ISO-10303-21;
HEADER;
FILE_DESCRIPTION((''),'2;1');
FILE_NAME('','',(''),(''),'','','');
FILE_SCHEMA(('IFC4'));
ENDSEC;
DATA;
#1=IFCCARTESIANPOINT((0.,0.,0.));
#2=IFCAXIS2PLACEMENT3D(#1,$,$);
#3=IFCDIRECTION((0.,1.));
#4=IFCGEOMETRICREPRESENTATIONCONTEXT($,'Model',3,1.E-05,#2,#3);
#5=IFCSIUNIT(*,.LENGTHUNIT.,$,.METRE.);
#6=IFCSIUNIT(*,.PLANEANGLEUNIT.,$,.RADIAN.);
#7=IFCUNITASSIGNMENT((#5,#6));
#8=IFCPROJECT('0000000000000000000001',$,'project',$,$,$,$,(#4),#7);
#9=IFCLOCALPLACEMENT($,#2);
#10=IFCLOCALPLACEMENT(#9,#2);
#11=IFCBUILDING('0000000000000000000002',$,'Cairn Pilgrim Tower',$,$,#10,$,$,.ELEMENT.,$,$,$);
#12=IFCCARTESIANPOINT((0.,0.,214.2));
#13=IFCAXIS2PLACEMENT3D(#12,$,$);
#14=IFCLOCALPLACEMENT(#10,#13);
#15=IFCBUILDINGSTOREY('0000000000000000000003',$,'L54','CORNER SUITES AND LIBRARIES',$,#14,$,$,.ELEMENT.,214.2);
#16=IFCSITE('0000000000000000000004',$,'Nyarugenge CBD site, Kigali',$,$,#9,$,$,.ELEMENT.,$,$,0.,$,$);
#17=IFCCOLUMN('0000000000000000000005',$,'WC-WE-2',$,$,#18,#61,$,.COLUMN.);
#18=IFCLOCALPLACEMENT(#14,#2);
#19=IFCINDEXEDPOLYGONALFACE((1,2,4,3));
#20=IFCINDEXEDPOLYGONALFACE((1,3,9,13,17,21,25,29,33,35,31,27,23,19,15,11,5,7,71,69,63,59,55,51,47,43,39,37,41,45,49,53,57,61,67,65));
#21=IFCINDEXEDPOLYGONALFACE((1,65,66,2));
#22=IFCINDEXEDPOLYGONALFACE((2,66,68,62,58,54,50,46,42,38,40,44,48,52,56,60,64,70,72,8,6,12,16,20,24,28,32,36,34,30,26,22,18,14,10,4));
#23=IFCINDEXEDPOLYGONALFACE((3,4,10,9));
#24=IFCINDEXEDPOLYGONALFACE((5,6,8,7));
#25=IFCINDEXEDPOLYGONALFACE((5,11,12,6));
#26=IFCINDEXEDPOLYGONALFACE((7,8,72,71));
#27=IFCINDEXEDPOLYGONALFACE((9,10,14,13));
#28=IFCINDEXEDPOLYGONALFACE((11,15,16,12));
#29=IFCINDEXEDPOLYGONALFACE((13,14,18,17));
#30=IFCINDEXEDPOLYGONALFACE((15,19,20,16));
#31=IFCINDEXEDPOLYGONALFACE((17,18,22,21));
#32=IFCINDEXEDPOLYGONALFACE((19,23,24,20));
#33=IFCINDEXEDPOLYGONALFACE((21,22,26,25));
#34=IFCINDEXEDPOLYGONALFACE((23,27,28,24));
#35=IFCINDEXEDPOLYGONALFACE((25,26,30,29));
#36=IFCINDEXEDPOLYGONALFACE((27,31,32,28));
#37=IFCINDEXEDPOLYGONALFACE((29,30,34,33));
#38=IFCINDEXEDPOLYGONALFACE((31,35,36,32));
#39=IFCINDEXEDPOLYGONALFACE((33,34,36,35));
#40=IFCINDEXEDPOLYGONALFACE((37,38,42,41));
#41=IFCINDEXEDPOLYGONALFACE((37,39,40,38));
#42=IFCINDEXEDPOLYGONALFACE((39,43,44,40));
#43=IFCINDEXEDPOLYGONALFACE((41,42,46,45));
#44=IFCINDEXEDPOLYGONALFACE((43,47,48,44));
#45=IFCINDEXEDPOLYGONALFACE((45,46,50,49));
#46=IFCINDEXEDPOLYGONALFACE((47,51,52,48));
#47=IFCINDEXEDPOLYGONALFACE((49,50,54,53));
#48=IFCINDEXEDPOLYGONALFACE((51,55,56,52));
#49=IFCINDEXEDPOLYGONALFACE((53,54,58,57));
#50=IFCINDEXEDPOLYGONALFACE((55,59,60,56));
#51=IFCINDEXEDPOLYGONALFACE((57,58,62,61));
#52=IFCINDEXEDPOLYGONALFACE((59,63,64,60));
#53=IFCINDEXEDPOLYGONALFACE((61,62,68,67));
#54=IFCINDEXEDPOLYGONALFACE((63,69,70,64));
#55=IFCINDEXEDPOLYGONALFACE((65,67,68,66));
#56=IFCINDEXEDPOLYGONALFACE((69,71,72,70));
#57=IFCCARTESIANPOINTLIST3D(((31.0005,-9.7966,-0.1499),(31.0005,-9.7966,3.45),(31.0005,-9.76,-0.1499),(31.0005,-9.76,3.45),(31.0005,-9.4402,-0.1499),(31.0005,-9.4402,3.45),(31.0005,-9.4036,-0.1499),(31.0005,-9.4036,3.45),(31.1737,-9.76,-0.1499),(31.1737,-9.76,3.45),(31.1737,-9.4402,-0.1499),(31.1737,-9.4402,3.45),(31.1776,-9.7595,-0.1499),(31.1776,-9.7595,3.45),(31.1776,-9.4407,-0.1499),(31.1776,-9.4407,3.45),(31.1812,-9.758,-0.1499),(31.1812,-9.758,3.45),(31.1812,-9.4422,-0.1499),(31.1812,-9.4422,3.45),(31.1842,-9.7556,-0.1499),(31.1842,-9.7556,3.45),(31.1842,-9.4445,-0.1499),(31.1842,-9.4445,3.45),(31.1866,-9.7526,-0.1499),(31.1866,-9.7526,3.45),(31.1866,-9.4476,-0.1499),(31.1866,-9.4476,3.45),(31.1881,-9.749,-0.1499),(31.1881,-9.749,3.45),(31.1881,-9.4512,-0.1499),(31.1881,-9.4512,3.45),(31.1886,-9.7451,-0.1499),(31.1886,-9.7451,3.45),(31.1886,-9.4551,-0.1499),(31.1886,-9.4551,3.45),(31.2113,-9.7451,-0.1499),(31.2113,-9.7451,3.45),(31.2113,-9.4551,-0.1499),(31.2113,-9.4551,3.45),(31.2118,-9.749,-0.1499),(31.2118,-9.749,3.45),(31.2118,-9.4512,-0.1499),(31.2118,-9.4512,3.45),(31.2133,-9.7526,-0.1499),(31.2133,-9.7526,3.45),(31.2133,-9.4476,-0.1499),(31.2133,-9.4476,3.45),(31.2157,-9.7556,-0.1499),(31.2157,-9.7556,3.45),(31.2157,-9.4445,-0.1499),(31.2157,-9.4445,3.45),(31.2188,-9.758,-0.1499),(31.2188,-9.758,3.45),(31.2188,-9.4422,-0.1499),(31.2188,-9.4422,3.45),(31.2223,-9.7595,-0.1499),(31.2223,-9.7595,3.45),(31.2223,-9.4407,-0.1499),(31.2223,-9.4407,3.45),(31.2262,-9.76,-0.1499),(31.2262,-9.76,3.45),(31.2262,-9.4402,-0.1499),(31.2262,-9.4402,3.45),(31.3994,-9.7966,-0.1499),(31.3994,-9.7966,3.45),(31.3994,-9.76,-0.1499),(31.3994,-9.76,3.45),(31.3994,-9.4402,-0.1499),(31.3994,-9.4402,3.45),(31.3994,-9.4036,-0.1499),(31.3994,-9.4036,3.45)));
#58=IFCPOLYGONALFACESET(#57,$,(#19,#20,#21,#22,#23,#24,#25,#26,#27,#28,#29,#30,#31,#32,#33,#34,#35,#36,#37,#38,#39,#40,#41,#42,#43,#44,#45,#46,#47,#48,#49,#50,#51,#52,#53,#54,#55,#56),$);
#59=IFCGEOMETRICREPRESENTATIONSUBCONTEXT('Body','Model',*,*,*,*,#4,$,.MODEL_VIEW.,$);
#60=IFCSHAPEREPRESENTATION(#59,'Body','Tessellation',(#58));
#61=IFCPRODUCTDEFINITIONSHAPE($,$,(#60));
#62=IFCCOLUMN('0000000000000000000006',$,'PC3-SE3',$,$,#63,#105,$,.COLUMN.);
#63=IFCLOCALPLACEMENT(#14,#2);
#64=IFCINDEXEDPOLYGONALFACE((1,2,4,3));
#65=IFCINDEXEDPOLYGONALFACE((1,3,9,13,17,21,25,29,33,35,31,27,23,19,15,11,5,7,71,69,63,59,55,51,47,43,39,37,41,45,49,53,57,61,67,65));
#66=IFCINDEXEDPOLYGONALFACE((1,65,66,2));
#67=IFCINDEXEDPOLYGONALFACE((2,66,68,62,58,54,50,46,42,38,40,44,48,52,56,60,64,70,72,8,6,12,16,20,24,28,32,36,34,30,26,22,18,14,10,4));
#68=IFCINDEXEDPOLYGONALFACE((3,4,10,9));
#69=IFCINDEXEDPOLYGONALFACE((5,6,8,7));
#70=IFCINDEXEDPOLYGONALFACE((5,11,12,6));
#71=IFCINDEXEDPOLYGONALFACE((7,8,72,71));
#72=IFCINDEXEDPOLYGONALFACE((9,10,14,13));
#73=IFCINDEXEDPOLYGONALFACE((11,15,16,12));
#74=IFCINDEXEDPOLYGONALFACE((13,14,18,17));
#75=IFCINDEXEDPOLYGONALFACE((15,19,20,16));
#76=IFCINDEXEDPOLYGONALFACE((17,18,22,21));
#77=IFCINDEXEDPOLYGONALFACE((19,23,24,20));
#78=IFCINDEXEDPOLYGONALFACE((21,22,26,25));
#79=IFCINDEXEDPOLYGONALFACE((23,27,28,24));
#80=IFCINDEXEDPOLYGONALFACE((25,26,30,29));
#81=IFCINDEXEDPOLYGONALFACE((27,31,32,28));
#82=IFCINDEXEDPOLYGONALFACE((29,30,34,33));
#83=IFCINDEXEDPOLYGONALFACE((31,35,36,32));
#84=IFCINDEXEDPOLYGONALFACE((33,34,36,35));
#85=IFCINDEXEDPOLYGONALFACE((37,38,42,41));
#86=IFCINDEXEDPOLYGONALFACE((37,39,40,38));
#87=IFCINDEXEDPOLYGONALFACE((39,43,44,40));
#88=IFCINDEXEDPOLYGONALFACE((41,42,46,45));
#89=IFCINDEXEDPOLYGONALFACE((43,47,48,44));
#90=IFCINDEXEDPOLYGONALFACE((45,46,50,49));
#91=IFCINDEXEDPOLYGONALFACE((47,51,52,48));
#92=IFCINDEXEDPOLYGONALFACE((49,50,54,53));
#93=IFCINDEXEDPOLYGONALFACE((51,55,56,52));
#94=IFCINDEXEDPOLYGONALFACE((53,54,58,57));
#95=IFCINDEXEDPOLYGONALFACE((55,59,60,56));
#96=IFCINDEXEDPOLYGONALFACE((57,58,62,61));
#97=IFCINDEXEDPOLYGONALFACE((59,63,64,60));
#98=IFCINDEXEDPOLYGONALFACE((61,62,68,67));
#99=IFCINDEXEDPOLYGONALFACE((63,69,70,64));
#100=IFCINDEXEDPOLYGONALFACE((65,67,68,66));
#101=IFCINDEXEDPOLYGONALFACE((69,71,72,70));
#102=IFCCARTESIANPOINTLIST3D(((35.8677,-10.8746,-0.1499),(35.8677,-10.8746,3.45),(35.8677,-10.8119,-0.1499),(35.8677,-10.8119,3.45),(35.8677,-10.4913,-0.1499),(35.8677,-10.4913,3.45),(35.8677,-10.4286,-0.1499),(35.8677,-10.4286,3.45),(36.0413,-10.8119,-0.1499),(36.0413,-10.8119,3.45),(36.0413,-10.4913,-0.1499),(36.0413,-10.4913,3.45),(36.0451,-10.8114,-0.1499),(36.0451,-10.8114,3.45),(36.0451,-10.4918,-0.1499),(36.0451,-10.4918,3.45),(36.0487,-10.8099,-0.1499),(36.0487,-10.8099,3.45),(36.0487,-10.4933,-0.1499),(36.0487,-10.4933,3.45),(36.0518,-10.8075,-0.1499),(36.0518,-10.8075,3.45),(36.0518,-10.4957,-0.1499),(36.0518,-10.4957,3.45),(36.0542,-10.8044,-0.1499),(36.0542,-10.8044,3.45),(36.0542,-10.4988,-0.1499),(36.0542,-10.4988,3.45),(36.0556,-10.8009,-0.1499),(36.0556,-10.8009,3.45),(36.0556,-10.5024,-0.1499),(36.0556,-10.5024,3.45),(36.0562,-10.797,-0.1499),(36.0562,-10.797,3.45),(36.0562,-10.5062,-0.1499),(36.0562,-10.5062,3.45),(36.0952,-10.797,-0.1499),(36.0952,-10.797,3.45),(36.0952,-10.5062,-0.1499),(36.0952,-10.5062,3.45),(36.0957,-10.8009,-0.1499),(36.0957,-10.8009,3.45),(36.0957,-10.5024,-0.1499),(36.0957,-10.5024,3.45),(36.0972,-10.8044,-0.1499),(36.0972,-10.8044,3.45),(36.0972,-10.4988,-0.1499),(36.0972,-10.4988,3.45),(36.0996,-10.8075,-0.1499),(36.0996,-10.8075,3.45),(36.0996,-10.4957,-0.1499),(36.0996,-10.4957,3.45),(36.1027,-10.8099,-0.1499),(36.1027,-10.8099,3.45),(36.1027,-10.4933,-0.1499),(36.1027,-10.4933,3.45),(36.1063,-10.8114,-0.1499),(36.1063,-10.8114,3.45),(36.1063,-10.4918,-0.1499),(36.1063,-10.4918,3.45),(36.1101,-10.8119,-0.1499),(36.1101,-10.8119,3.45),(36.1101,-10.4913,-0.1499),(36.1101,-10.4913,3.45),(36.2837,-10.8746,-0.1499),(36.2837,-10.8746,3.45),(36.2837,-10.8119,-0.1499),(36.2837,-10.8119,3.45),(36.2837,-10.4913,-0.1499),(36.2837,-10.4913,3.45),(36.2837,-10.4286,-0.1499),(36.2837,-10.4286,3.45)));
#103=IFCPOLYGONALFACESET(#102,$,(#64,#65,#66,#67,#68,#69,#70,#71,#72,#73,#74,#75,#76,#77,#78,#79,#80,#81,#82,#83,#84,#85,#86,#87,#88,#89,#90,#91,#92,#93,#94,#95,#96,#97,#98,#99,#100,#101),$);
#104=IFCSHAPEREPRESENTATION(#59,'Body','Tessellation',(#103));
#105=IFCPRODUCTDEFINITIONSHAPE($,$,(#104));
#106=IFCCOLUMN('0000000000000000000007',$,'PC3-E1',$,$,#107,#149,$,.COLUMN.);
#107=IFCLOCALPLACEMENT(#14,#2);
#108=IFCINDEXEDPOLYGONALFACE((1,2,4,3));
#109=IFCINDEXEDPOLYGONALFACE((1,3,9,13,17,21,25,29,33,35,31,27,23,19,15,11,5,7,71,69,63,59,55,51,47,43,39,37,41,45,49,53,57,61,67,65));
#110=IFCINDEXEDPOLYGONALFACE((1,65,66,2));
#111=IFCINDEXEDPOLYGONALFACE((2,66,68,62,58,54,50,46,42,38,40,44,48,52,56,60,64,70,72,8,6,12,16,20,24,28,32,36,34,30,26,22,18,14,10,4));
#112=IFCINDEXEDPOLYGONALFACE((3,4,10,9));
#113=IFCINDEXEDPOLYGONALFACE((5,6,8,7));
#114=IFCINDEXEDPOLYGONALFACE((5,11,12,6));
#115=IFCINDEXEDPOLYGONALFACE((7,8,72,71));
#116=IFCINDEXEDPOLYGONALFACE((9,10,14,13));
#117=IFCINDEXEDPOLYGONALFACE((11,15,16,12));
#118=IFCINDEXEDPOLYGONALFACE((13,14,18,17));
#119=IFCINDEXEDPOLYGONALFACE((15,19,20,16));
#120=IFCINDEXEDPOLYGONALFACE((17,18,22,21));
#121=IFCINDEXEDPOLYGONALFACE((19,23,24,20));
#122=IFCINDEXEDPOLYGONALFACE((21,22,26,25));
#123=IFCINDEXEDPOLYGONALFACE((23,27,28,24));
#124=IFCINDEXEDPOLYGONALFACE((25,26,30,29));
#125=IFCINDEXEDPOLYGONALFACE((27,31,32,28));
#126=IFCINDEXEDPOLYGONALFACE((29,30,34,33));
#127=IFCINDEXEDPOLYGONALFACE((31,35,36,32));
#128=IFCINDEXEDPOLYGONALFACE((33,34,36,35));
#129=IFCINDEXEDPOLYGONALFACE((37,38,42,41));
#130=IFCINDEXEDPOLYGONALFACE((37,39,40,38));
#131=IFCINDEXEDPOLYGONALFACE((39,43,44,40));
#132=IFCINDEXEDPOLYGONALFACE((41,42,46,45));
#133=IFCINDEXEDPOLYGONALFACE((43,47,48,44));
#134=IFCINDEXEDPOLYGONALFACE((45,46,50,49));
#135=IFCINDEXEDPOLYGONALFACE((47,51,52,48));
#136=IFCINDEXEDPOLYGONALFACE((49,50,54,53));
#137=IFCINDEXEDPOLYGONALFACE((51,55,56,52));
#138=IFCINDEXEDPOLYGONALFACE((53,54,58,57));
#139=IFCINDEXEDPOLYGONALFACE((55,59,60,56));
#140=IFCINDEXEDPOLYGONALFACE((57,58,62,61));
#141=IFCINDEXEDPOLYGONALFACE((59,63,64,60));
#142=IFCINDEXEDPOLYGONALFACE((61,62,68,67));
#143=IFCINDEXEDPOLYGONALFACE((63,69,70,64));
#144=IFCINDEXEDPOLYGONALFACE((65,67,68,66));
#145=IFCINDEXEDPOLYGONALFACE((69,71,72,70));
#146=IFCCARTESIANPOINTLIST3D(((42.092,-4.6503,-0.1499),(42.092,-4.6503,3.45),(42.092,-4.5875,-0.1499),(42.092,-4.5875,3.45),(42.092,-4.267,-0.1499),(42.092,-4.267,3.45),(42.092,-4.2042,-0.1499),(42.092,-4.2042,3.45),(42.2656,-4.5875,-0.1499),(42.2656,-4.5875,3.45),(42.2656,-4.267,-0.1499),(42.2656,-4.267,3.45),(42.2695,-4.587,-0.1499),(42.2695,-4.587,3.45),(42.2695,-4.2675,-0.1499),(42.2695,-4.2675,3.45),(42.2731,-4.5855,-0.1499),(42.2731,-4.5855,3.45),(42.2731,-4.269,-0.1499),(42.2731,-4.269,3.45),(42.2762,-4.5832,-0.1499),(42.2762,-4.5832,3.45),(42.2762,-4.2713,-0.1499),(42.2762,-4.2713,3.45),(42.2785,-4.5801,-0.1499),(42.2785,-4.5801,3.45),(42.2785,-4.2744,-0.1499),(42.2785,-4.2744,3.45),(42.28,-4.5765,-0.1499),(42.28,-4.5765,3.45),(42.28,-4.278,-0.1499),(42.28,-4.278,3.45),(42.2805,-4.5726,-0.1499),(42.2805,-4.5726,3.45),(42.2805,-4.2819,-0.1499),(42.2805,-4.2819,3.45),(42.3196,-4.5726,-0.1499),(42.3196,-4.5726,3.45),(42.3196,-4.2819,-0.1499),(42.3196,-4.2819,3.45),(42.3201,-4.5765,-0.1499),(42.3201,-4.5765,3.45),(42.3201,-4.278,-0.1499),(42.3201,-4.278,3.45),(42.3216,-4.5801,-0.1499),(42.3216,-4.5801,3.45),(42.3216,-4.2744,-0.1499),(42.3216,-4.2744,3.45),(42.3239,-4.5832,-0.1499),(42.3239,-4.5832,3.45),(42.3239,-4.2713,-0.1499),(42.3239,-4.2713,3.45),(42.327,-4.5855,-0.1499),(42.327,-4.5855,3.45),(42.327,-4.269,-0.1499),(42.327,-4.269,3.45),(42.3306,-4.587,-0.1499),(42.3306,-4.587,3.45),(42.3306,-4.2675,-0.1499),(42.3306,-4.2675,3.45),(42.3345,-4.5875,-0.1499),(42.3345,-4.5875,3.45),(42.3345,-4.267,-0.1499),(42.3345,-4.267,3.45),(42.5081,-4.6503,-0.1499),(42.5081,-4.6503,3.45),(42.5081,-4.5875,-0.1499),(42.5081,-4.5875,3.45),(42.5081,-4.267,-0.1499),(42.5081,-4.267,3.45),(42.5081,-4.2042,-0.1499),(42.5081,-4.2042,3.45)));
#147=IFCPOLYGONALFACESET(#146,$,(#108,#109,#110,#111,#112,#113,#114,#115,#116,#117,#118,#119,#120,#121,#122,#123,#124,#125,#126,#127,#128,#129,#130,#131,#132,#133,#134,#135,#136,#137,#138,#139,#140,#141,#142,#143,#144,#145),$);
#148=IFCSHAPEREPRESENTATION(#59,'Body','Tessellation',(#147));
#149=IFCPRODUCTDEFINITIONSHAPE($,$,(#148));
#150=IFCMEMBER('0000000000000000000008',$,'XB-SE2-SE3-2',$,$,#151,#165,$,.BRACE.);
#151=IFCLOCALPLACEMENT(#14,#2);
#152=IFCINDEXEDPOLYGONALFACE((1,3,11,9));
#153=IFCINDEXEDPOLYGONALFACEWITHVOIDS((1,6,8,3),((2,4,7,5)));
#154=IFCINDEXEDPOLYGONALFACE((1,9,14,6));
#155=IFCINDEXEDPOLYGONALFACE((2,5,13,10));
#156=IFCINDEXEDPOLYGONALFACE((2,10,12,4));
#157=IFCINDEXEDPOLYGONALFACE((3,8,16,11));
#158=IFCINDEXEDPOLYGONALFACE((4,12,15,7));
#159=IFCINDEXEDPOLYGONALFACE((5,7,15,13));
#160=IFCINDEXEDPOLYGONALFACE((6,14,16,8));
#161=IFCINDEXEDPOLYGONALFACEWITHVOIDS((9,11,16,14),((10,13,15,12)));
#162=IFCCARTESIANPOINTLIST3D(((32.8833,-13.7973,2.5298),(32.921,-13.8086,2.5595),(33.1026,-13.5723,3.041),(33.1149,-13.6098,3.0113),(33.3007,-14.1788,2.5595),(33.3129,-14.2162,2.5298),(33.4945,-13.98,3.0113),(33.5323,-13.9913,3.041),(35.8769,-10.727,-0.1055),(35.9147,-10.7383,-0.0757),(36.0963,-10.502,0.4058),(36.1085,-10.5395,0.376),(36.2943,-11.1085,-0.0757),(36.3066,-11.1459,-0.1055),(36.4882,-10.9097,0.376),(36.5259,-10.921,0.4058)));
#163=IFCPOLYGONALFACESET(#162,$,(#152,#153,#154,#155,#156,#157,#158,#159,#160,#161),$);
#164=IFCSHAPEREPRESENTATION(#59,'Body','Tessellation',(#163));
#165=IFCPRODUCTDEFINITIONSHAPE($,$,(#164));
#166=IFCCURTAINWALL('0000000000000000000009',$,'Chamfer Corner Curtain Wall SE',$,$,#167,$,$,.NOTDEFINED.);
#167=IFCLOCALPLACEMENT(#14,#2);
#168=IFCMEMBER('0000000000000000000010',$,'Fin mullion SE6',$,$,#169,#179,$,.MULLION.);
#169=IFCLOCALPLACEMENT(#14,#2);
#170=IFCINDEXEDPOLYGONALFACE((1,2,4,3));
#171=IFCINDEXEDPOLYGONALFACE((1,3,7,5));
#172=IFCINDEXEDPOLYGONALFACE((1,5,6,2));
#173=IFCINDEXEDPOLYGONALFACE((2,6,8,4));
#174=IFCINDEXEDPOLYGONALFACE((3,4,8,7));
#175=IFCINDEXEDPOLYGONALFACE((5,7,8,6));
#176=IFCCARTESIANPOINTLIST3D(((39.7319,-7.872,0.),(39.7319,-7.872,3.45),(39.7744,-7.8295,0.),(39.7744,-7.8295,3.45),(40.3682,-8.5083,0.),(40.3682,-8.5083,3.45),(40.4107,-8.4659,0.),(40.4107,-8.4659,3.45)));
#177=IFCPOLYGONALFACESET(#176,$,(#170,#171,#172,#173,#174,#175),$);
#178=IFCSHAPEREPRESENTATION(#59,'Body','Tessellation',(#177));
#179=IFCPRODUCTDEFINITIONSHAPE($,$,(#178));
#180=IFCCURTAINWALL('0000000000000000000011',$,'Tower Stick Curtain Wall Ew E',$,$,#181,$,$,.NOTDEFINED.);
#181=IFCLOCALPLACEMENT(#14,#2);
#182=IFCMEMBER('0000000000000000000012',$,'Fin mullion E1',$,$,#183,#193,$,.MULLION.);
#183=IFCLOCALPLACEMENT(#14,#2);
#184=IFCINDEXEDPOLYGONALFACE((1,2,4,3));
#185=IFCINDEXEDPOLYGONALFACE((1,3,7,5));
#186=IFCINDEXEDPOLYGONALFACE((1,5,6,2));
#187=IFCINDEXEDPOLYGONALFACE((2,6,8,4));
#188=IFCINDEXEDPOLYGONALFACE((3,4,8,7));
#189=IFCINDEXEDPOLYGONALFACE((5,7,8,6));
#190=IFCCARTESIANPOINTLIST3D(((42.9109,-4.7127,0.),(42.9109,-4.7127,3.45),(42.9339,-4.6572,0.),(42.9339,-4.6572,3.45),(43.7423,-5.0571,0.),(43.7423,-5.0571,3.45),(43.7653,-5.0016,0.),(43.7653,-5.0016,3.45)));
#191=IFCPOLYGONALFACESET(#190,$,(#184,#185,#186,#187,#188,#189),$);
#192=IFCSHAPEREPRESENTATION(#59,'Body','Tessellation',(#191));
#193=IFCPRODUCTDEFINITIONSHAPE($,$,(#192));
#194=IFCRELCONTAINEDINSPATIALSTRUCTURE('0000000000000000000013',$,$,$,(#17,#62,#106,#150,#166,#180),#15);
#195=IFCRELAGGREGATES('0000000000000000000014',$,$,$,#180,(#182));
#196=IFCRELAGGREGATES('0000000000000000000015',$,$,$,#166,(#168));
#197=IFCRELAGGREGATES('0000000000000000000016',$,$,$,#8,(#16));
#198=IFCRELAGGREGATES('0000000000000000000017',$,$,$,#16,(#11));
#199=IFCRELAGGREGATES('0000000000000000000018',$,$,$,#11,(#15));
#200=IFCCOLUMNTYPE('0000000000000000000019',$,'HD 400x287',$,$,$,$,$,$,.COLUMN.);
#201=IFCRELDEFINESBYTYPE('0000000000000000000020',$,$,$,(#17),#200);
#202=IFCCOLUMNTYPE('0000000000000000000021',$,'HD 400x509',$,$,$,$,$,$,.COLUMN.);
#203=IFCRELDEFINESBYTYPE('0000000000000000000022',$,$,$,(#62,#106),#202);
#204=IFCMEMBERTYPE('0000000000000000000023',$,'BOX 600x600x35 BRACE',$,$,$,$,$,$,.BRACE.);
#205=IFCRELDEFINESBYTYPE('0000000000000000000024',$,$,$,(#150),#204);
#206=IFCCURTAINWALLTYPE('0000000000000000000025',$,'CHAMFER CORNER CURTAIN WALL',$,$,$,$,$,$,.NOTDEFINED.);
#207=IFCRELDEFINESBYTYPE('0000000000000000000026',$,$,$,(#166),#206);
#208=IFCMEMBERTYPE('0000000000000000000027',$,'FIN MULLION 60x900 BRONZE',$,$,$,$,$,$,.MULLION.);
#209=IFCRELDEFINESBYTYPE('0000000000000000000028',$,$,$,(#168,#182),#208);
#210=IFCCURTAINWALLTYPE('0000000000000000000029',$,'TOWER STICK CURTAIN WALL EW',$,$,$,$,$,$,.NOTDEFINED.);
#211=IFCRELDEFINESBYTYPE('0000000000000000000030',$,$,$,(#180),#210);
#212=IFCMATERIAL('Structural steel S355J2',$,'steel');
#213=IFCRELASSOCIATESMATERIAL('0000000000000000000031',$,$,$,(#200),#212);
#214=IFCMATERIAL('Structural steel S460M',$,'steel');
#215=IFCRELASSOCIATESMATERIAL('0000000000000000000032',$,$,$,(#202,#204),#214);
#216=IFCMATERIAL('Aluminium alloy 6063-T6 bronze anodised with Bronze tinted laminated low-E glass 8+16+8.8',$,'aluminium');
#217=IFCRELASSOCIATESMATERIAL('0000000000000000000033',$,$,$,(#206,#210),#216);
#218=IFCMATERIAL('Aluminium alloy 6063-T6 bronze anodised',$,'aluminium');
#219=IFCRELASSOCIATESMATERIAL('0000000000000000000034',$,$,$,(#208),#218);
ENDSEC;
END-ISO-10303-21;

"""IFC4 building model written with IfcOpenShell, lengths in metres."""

from ifc_helpers import new_model, si_unit, direction, frame, origin, origin_2d, place, context, subcontext, project, spatial, rectangle, hollow_rectangle, i_section, extrude, material, material_profile, profile_set, type_object, element, aggregate, save


model = new_model("IFC4")

# Units and contexts
model_context = context("Model", 3, precision=1e-05, world=origin(), true_north=direction((0.0, 1.0)))
body_context = subcontext(model_context, "Body", "Model", "MODEL_VIEW")
ifc_project = project(units=[si_unit("LENGTHUNIT", "METRE"), si_unit("PLANEANGLEUNIT", "RADIAN")], contexts=[model_context])

# Site, building, storey
site_placement = place(None, origin())
site = spatial("IfcSite", under=ifc_project, at=site_placement, Name="Nyarugenge CBD site, Kigali", CompositionType="ELEMENT", RefElevation=0.0)
building_placement = place(site_placement, origin())
building = spatial("IfcBuilding", under=site, at=building_placement, Name="Cairn Pilgrim Tower", CompositionType="ELEMENT")
storey_placement = place(building_placement, frame((0.0, 0.0, 214.2)))
storey = spatial("IfcBuildingStorey", under=building, at=storey_placement, Name="L54", Description="CORNER SUITES AND LIBRARIES", CompositionType="ELEMENT", Elevation=214.2)

# Columns
ifc_material_1 = material(Name="Structural steel S355J2", Category="steel")
ifc_material_profile_1 = material_profile(ifc_material_1, i_section(OverallWidth=0.3989, OverallDepth=0.3931, WebThickness=0.0227, FlangeThickness=0.0366, FilletRadius=0.0149, at=origin_2d()), Name="HD 400x287")
ifc_profile_set_1 = profile_set([ifc_material_profile_1], Name="Structural steel S355J2")
column_type_1 = type_object("IfcColumnType", Name="HD 400x287", PredefinedType="COLUMN", material=ifc_profile_set_1)
column_placement = place(storey_placement, frame((31.2, -9.6001, -0.1499), z_axis=(0.0, 0.0, 1.0), x_axis=(1.0, 0.0, 0.0)))
element("IfcColumn", 1, at=column_placement, inside=storey, type_object=column_type_1, Name="WC-WE-2", PredefinedType="COLUMN", context=body_context, shape_type="SweptSolid", body=[
    extrude(i_section(OverallWidth=0.3989, OverallDepth=0.3931, WebThickness=0.0227, FlangeThickness=0.0366, FilletRadius=0.0149, at=origin_2d()), origin(), (0.0, 0.0, 1.0), 3.5999),
])
ifc_material_2 = material(Name="Structural steel S460M", Category="steel")
ifc_material_profile_2 = material_profile(ifc_material_2, i_section(OverallWidth=0.416, OverallDepth=0.446, WebThickness=0.0391, FlangeThickness=0.0627, FilletRadius=0.0149, at=origin_2d()), Name="HD 400x509")
ifc_profile_set_2 = profile_set([ifc_material_profile_2], Name="Structural steel S460M")
column_type_2 = type_object("IfcColumnType", Name="HD 400x509", PredefinedType="COLUMN", material=ifc_profile_set_2)
for number, where, z_axis, x_axis, name in (
    (2, (36.0757, -10.6516, -0.1499), (0.0, 0.0, 1.0), (1.0, 0.0, 0.0), "PC3-SE3"),
    (3, (42.3, -4.4272, -0.1499), (0.0, 0.0, 1.0), (1.0, 0.0, 0.0), "PC3-E1"),
):
    element("IfcColumn", number, at=place(storey_placement, frame(where, z_axis=z_axis, x_axis=x_axis)), inside=storey, type_object=column_type_2, Name=name, PredefinedType="COLUMN", context=body_context, shape_type="SweptSolid", body=[
        extrude(i_section(OverallWidth=0.416, OverallDepth=0.446, WebThickness=0.0391, FlangeThickness=0.0627, FilletRadius=0.0149, at=origin_2d()), origin(), (0.0, 0.0, 1.0), 3.5999),
    ])

# Member
ifc_material_profile_3 = material_profile(ifc_material_2, hollow_rectangle(XDim=0.6001, YDim=0.6001, WallThickness=0.0349, at=origin_2d()), Name="BOX 600x600x35")
ifc_profile_set_3 = profile_set([ifc_material_profile_3], Name="Structural steel S460M")
member_type_1 = type_object("IfcMemberType", Name="BOX 600x600x35 BRACE", PredefinedType="BRACE", material=ifc_profile_set_3)
member_1_placement = place(storey_placement, frame((36.2014, -10.824, 0.1501), z_axis=(-0.594778, -0.610009, 0.523572), x_axis=(0.715989, -0.698112, 0.0)))
element("IfcMember", 4, at=member_1_placement, inside=storey, type_object=member_type_1, Name="XB-SE2-SE3-2", PredefinedType="BRACE", context=body_context, shape_type="SweptSolid", body=[
    extrude(hollow_rectangle(XDim=0.6001, YDim=0.6001, WallThickness=0.0349, at=origin_2d()), origin(), (0.0, 0.0, 1.0), 5.0332),
])

# Curtain walls, members
ifc_material_3 = material(Name="Aluminium alloy 6063-T6 bronze anodised with Bronze tinted laminated low-E glass 8+16+8.8", Category="aluminium")
curtain_wall_type_1 = type_object("IfcCurtainWallType", Name="CHAMFER CORNER CURTAIN WALL", PredefinedType="NOTDEFINED", material=ifc_material_3)
curtain_wall_1_placement = place(storey_placement, origin())
curtain_wall_1 = element("IfcCurtainWall", 5, at=curtain_wall_1_placement, inside=storey, type_object=curtain_wall_type_1, Name="Chamfer Corner Curtain Wall SE", PredefinedType="NOTDEFINED")
ifc_material_4 = material(Name="Aluminium alloy 6063-T6 bronze anodised", Category="aluminium")
ifc_material_profile_4 = material_profile(ifc_material_4, rectangle(XDim=0.8999, YDim=0.0601, at=origin_2d()), Name="FIN MULLION 60x900 BRONZE")
ifc_profile_set_4 = profile_set([ifc_material_profile_4], Name="Aluminium alloy 6063-T6 bronze anodised")
member_type_2 = type_object("IfcMemberType", Name="FIN MULLION 60x900 BRONZE", PredefinedType="MULLION", material=ifc_profile_set_4)
member_2_placement = place(storey_placement, frame((40.0713, -8.1689, 0.0), z_axis=(0.0, 0.0, 1.0), x_axis=(0.707107, -0.707107, 0.0)))
member_2 = element("IfcMember", 6, at=member_2_placement, type_object=member_type_2, Name="Fin mullion SE6", PredefinedType="MULLION", context=body_context, shape_type="SweptSolid", body=[
    extrude(rectangle(XDim=0.8999, YDim=0.0601, at=origin_2d()), origin(), (0.0, 0.0, 1.0), 3.45),
])
curtain_wall_type_2 = type_object("IfcCurtainWallType", Name="TOWER STICK CURTAIN WALL EW", PredefinedType="NOTDEFINED", material=ifc_material_3)
curtain_wall_2_placement = place(storey_placement, origin())
curtain_wall_2 = element("IfcCurtainWall", 7, at=curtain_wall_2_placement, inside=storey, type_object=curtain_wall_type_2, Name="Tower Stick Curtain Wall Ew E", PredefinedType="NOTDEFINED")
member_3_placement = place(storey_placement, frame((43.3381, -4.8572, 0.0), z_axis=(0.0, 0.0, 1.0), x_axis=(0.92388, -0.382683, 0.0)))
member_3 = element("IfcMember", 8, at=member_3_placement, type_object=member_type_2, Name="Fin mullion E1", PredefinedType="MULLION", context=body_context, shape_type="SweptSolid", body=[
    extrude(rectangle(XDim=0.8999, YDim=0.0601, at=origin_2d()), origin(), (0.0, 0.0, 1.0), 3.45),
])
aggregate(curtain_wall_2, [member_3])

aggregate(curtain_wall_1, [member_2])

save(model, "model.ifc")
